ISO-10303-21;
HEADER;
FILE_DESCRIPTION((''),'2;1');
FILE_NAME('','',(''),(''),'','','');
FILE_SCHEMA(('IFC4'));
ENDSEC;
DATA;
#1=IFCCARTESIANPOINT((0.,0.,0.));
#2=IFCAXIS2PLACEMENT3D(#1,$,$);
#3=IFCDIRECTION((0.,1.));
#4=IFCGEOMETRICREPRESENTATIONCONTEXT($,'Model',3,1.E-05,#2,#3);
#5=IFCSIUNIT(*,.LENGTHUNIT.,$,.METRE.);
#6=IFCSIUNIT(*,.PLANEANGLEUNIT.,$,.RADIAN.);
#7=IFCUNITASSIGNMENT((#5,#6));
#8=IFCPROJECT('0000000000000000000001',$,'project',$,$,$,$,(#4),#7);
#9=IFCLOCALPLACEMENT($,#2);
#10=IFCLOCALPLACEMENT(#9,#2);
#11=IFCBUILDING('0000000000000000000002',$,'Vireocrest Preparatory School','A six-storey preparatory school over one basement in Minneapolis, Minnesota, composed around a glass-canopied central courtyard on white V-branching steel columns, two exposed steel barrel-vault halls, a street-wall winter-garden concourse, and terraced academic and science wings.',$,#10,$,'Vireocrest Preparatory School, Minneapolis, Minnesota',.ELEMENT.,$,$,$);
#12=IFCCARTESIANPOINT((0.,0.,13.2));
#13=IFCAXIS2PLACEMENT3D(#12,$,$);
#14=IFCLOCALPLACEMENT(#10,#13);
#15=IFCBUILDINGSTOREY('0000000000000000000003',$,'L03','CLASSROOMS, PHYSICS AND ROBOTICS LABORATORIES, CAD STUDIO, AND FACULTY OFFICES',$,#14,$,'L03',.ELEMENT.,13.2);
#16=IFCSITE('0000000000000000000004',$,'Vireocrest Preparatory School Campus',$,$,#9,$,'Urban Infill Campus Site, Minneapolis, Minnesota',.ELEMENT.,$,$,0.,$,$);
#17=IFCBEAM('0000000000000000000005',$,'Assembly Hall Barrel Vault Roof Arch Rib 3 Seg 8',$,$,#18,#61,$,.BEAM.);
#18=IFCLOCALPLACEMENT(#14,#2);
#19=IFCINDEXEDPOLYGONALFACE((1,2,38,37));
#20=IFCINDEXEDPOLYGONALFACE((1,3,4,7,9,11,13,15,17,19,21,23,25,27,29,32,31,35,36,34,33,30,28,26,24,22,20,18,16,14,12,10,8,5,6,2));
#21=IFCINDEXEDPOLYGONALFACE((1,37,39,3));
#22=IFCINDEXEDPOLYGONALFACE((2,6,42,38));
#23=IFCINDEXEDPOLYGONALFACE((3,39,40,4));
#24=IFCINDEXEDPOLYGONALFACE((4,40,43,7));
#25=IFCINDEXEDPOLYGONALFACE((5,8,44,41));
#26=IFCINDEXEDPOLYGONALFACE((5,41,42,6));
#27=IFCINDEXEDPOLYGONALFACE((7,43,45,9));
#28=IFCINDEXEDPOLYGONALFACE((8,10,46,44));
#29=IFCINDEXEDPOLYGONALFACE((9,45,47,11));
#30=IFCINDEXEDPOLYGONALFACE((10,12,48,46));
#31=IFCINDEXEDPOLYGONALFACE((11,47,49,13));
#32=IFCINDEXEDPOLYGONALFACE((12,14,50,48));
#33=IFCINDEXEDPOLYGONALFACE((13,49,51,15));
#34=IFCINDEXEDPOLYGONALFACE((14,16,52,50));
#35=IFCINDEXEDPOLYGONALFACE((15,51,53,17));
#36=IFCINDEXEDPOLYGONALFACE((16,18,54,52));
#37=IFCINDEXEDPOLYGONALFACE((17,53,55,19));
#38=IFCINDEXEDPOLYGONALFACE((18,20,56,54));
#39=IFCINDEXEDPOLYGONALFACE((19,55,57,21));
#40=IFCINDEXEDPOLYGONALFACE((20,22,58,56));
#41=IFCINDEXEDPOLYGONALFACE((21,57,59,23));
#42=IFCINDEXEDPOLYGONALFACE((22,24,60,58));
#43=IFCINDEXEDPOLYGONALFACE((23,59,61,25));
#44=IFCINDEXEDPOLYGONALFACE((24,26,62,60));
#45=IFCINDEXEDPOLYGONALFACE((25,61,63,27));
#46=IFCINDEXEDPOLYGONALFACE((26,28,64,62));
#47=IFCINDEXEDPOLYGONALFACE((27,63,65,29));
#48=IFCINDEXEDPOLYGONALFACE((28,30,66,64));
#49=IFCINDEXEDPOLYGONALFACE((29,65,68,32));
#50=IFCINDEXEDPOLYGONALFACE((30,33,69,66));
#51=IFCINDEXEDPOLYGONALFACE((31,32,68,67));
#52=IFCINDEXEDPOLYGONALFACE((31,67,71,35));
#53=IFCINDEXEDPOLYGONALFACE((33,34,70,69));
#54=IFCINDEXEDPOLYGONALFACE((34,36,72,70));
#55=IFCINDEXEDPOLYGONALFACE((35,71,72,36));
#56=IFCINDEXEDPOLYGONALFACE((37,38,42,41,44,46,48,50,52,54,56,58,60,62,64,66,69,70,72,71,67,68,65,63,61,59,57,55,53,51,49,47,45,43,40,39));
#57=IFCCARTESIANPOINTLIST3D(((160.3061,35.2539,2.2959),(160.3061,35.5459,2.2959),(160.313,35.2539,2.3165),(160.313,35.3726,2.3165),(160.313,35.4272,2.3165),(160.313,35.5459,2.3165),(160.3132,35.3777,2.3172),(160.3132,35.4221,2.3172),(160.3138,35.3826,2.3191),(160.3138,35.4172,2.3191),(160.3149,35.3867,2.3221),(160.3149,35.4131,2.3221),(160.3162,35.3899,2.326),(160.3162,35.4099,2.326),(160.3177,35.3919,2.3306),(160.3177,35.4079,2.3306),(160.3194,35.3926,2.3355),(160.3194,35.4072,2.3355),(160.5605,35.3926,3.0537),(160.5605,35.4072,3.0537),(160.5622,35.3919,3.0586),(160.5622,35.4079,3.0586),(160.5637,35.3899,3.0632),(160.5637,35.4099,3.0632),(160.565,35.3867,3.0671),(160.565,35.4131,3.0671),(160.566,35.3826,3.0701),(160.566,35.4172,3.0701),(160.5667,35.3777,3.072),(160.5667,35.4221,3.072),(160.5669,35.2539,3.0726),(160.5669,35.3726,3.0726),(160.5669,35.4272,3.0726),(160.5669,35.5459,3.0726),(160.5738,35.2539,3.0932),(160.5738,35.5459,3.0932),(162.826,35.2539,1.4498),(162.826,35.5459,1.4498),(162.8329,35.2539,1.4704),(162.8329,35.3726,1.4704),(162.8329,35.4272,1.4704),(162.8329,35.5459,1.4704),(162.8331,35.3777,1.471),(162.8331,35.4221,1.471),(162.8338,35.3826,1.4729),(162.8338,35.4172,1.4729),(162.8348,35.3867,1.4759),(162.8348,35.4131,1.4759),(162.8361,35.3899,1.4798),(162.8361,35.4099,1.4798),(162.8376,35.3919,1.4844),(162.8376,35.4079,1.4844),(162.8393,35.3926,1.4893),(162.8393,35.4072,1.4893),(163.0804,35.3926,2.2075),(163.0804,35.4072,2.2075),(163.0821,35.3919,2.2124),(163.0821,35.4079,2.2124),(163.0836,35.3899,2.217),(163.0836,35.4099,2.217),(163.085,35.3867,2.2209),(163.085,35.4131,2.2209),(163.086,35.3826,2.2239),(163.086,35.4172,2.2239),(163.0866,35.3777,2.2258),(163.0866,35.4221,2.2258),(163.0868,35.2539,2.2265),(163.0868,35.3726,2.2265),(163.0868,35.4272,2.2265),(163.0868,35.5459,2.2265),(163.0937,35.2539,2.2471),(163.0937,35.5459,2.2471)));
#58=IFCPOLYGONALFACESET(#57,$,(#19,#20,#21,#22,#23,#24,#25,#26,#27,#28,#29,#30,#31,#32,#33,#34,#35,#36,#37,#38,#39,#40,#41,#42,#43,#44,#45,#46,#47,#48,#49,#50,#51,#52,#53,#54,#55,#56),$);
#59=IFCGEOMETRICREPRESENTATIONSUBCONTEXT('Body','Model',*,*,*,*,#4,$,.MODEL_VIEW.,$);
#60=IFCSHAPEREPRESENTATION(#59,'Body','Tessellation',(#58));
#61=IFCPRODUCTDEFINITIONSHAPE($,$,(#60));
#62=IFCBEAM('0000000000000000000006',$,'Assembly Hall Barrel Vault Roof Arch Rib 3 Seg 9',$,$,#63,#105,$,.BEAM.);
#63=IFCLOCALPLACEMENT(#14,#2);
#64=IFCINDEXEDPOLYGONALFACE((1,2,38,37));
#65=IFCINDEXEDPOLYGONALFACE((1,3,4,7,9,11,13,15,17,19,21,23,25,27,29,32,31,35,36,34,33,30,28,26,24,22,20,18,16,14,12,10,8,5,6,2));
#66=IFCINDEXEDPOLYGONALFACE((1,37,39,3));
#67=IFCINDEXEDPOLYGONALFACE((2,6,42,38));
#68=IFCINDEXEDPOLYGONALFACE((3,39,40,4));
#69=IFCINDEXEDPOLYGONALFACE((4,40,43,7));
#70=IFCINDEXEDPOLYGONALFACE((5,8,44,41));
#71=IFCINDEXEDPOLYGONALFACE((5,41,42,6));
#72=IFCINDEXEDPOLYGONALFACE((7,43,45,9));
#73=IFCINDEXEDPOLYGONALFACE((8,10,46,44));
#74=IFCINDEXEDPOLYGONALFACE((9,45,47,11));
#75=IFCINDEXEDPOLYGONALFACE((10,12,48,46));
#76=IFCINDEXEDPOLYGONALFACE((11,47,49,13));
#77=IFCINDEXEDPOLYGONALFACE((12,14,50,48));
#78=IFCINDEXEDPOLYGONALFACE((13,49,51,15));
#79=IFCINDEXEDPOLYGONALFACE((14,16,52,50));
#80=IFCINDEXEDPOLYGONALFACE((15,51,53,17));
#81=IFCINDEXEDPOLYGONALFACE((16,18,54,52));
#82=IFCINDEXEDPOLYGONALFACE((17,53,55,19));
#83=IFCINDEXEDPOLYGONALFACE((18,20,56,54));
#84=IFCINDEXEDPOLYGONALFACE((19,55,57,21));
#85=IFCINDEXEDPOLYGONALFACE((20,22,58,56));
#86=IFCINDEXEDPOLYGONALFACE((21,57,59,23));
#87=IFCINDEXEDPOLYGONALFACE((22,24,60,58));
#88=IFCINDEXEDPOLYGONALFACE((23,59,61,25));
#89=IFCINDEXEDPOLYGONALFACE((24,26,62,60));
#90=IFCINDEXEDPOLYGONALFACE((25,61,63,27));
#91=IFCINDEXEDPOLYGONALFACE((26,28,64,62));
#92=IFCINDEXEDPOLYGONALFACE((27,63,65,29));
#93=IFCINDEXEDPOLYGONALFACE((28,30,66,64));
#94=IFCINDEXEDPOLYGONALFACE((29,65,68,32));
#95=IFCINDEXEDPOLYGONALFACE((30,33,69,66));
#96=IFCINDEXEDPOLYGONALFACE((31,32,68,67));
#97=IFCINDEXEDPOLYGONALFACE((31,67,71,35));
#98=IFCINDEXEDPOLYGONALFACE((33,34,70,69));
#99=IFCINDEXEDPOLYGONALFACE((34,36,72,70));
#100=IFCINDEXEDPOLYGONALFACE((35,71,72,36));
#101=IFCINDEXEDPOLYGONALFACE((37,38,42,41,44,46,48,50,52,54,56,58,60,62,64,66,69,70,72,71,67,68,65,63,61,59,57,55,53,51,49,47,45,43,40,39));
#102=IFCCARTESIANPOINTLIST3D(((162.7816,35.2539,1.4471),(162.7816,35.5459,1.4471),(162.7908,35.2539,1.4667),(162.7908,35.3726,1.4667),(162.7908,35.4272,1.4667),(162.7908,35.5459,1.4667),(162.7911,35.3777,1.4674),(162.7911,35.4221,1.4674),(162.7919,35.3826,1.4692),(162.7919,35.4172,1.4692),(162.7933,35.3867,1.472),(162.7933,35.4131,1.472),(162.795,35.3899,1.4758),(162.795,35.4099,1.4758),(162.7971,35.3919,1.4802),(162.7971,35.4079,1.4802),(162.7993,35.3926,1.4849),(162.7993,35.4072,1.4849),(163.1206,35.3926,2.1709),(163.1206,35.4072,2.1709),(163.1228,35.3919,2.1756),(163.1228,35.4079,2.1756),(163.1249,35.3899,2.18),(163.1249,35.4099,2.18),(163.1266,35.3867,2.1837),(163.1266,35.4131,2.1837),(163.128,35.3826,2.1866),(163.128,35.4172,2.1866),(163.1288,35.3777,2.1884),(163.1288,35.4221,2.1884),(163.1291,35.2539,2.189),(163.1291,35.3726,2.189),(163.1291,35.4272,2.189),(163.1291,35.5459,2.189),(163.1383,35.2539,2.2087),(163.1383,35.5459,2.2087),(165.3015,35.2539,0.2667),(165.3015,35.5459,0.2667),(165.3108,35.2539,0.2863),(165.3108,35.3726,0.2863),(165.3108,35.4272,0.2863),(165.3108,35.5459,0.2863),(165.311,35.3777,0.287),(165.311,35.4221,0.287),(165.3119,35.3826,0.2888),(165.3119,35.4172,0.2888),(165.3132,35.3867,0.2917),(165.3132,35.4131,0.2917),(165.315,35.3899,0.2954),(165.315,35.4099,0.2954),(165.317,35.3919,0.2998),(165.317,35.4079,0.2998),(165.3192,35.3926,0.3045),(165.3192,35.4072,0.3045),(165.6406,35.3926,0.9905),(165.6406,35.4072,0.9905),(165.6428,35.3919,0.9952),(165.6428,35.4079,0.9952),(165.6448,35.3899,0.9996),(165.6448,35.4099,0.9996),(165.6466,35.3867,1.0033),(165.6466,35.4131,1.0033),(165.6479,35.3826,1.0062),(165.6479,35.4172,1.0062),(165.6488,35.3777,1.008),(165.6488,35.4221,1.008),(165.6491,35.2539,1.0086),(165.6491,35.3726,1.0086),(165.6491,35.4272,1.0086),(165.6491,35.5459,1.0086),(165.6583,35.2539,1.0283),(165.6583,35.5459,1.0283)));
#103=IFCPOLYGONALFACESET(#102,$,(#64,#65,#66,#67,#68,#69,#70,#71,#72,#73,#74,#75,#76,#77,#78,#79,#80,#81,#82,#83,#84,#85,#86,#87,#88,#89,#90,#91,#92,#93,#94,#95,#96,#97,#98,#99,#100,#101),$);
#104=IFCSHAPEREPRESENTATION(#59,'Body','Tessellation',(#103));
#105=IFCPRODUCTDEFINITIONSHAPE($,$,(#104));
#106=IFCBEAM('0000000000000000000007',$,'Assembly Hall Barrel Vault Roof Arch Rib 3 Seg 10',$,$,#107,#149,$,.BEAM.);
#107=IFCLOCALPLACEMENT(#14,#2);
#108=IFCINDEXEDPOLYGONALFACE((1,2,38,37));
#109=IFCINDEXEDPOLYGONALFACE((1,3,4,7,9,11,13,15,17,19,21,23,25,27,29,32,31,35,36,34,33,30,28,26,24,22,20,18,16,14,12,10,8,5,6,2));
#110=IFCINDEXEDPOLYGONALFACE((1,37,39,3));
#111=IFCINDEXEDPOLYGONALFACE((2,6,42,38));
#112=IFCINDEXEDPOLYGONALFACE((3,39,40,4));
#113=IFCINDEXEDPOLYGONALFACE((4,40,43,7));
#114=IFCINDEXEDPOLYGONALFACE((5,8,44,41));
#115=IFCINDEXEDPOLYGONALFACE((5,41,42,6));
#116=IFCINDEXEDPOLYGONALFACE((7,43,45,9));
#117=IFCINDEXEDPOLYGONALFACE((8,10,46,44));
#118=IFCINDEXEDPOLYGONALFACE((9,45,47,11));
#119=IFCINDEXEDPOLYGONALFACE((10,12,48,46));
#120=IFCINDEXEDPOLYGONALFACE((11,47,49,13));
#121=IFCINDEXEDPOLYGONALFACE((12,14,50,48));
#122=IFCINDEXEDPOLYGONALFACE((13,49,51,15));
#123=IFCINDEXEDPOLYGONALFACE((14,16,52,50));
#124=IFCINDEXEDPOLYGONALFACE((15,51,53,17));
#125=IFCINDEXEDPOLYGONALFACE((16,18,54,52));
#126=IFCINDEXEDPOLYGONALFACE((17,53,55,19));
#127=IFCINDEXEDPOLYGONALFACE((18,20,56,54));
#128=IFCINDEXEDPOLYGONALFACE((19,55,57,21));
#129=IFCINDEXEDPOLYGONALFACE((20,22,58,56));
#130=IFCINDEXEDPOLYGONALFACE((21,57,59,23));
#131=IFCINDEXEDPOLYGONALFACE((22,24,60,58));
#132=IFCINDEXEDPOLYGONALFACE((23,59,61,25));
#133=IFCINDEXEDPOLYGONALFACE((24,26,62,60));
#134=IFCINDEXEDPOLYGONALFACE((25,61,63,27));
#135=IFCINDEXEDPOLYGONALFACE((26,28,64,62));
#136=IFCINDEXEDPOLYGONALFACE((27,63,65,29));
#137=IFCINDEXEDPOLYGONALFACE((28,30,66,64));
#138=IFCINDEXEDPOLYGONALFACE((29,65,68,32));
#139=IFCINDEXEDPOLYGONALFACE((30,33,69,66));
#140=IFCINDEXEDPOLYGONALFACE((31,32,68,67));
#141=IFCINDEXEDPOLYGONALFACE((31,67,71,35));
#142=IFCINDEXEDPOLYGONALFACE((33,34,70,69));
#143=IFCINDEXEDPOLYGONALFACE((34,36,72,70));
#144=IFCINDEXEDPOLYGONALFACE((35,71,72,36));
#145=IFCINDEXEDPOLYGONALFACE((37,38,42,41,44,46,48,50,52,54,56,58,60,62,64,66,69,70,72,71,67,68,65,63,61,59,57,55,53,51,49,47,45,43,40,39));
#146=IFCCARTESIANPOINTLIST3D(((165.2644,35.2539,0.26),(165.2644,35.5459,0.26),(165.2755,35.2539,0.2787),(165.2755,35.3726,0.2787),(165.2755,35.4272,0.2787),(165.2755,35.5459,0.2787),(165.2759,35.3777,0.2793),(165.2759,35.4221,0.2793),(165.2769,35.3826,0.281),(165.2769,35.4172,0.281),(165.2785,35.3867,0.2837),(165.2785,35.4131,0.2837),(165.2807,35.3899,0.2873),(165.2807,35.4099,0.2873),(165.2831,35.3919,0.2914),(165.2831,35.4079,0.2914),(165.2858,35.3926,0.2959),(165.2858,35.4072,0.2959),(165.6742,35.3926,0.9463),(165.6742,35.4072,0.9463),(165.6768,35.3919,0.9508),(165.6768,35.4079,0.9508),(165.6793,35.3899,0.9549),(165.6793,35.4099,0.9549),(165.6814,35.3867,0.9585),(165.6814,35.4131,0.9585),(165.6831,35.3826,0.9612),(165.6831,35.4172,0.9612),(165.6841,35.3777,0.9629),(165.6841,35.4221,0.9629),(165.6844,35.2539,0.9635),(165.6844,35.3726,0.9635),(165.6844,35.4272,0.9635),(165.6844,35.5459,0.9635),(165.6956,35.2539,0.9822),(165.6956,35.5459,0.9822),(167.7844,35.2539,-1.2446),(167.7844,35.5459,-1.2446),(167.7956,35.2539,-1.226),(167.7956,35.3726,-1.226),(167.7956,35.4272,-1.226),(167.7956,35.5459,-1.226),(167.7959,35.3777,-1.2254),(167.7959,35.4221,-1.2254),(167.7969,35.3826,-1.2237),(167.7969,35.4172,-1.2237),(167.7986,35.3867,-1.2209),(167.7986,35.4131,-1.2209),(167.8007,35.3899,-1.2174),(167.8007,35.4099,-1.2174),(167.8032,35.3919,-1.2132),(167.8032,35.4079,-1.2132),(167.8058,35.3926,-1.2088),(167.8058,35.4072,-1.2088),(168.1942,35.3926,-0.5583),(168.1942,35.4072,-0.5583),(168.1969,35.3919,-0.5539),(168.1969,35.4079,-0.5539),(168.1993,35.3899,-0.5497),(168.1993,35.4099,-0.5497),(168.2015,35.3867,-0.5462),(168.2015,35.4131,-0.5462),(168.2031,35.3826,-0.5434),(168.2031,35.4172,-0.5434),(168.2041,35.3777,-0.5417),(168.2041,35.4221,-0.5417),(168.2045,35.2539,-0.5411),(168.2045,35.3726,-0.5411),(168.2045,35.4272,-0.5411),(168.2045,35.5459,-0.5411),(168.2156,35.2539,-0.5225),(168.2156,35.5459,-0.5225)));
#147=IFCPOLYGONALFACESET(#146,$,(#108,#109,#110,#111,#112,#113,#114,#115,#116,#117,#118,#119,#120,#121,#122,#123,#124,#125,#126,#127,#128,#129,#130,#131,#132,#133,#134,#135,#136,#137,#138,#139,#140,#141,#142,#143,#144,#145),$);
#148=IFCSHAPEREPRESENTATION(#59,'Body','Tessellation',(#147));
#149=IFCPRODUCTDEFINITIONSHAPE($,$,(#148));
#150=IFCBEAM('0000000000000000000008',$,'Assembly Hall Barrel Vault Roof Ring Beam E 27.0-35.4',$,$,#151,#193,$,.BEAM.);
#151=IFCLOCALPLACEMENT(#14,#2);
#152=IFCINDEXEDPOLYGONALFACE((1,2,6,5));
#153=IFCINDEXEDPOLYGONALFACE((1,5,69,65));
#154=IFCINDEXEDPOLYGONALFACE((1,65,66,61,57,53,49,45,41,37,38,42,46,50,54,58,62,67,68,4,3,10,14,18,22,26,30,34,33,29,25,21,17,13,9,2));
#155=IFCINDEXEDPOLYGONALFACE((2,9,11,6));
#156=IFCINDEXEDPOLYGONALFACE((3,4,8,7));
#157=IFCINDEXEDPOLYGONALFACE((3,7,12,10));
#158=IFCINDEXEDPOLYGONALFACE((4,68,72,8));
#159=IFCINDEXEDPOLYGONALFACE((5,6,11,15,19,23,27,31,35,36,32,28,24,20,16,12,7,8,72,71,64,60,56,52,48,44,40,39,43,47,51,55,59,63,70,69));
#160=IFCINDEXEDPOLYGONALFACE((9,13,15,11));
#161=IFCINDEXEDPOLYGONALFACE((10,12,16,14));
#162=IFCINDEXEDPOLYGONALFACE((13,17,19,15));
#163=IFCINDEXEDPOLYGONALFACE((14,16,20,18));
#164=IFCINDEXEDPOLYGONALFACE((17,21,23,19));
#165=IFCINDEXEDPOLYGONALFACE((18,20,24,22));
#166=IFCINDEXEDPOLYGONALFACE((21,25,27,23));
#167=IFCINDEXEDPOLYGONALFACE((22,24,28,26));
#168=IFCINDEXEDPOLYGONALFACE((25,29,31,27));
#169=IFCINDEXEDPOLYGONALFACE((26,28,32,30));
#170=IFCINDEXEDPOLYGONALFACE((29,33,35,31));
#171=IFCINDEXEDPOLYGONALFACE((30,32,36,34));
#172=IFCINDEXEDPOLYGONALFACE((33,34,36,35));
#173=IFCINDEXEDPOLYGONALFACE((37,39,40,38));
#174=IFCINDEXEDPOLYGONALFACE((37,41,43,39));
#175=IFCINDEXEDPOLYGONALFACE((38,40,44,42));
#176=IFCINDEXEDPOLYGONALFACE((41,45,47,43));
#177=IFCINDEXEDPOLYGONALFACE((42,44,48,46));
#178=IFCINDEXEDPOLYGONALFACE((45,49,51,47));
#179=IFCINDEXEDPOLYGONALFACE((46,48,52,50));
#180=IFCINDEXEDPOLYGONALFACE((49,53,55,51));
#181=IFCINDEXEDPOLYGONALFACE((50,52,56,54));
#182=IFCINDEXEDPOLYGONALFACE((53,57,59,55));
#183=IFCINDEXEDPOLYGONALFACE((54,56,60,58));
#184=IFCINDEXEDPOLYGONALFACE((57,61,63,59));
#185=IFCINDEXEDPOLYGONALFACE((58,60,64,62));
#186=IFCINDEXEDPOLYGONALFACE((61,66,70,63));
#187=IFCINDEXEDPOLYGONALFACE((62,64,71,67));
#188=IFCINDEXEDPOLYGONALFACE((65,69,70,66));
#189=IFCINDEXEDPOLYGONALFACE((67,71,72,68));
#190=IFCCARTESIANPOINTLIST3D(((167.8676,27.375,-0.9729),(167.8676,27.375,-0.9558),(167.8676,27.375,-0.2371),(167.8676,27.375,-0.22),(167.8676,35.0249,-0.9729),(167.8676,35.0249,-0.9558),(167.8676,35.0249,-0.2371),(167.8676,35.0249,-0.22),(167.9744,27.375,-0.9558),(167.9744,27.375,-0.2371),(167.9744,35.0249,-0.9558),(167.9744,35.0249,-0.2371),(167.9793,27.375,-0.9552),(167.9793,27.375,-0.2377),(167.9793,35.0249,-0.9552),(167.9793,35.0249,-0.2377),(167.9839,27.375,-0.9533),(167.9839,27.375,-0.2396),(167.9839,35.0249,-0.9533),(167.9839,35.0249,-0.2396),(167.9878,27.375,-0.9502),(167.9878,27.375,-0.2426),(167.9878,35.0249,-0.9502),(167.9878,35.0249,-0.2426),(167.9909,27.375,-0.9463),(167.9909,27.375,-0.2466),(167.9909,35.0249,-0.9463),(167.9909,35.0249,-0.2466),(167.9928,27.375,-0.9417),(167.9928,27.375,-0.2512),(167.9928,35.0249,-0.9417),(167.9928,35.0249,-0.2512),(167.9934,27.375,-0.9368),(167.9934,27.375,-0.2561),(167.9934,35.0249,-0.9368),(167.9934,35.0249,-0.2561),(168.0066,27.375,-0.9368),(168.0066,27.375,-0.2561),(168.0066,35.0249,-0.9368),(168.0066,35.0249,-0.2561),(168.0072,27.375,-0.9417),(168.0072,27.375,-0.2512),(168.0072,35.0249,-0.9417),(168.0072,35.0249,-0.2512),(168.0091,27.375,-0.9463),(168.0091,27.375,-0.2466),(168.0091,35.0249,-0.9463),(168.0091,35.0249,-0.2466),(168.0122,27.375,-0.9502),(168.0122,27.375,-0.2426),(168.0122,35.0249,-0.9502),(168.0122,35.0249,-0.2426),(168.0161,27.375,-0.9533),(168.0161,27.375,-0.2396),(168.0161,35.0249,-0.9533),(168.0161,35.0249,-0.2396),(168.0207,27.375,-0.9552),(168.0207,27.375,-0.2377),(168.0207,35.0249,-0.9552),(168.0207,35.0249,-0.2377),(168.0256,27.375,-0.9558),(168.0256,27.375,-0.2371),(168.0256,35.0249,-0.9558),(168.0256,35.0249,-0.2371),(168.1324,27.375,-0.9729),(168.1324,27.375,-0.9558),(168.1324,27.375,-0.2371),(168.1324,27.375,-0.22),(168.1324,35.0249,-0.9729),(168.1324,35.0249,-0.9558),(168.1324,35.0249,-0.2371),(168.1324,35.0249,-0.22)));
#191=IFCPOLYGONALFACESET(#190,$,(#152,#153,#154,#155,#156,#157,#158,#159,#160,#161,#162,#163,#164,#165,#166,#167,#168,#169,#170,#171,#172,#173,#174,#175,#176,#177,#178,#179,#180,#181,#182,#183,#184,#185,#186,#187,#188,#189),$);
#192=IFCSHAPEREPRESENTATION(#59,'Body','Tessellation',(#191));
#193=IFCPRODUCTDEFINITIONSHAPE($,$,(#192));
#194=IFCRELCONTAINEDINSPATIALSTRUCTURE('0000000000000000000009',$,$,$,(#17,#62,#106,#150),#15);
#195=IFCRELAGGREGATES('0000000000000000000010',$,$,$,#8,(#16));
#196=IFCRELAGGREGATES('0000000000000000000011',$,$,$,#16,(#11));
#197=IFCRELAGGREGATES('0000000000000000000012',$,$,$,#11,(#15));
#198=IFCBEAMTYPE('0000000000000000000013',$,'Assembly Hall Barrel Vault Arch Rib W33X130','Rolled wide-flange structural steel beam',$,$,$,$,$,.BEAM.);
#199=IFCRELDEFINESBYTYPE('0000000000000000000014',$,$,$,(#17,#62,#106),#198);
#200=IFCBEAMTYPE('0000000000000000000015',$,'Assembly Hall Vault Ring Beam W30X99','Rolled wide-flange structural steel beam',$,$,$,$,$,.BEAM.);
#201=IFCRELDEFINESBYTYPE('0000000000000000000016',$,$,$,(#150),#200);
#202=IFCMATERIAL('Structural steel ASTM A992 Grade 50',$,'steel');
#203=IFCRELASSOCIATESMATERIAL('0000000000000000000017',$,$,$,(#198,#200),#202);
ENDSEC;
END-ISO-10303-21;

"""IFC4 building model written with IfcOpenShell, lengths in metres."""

from ifc_helpers import new_model, si_unit, direction, frame, origin, origin_2d, place, context, subcontext, project, spatial, i_section, extrude, material, material_profile, profile_set, type_object, element, save


model = new_model("IFC4")

# Units and contexts
model_context = context("Model", 3, precision=1e-05, world=origin(), true_north=direction((0.0, 1.0)))
body_context = subcontext(model_context, "Body", "Model", "MODEL_VIEW")
ifc_project = project(units=[si_unit("LENGTHUNIT", "METRE"), si_unit("PLANEANGLEUNIT", "RADIAN")], contexts=[model_context])

# Site, building, storey
site_placement = place(None, origin())
site = spatial("IfcSite", under=ifc_project, at=site_placement, Name="Vireocrest Preparatory School Campus", LongName="Urban Infill Campus Site, Minneapolis, Minnesota", CompositionType="ELEMENT", RefElevation=0.0)
building_placement = place(site_placement, origin())
building = spatial("IfcBuilding", under=site, at=building_placement, Name="Vireocrest Preparatory School", Description="A six-storey preparatory school over one basement in Minneapolis, Minnesota, composed around a glass-canopied central courtyard on white V-branching steel columns, two exposed steel barrel-vault halls, a street-wall winter-garden concourse, and terraced academic and science wings.", LongName="Vireocrest Preparatory School, Minneapolis, Minnesota", CompositionType="ELEMENT")
storey_placement = place(building_placement, frame((0.0, 0.0, 13.2)))
storey = spatial("IfcBuildingStorey", under=building, at=storey_placement, Name="L03", Description="CLASSROOMS, PHYSICS AND ROBOTICS LABORATORIES, CAD STUDIO, AND FACULTY OFFICES", LongName="L03", CompositionType="ELEMENT", Elevation=13.2)

# Beams
ifc_material_1 = material(Name="Structural steel ASTM A992 Grade 50", Category="steel")
ifc_material_profile_1 = material_profile(ifc_material_1, i_section(OverallWidth=0.292, OverallDepth=0.8411, WebThickness=0.0146, FlangeThickness=0.0217, FilletRadius=0.02, at=origin_2d()), Name="W33X130")
ifc_profile_set_1 = profile_set([ifc_material_profile_1], Name="Structural steel ASTM A992 Grade 50")
beam_type_1 = type_object("IfcBeamType", Name="Assembly Hall Barrel Vault Arch Rib W33X130", Description="Rolled wide-flange structural steel beam", PredefinedType="BEAM", material=ifc_profile_set_1)
beam_1_placement = place(storey_placement, frame((160.4399, 35.3999, 2.6946), z_axis=(0.947983, 0.0, -0.318321), x_axis=(0.0, 1.0, 0.0)))
element("IfcBeam", 1, at=beam_1_placement, inside=storey, type_object=beam_type_1, Name="Assembly Hall Barrel Vault Roof Arch Rib 3 Seg 8", PredefinedType="BEAM", context=body_context, shape_type="SweptSolid", body=[
    extrude(i_section(OverallWidth=0.292, OverallDepth=0.8411, WebThickness=0.0146, FlangeThickness=0.0217, FilletRadius=0.02, at=origin_2d()), origin(), (0.0, 0.0, 1.0), 2.6582),
])
beam_2_placement = place(storey_placement, frame((162.96, 35.3999, 1.8279), z_axis=(0.905575, 0.0, -0.424187), x_axis=(0.0, 1.0, 0.0)))
element("IfcBeam", 2, at=beam_2_placement, inside=storey, type_object=beam_type_1, Name="Assembly Hall Barrel Vault Roof Arch Rib 3 Seg 9", PredefinedType="BEAM", context=body_context, shape_type="SweptSolid", body=[
    extrude(i_section(OverallWidth=0.292, OverallDepth=0.8411, WebThickness=0.0146, FlangeThickness=0.0217, FilletRadius=0.02, at=origin_2d()), origin(), (0.0, 0.0, 1.0), 2.7827),
])
beam_3_placement = place(storey_placement, frame((165.48, 35.3999, 0.6211), z_axis=(0.858599, 0.0, -0.512647), x_axis=(0.0, 1.0, 0.0)))
element("IfcBeam", 3, at=beam_3_placement, inside=storey, type_object=beam_type_1, Name="Assembly Hall Barrel Vault Roof Arch Rib 3 Seg 10", PredefinedType="BEAM", context=body_context, shape_type="SweptSolid", body=[
    extrude(i_section(OverallWidth=0.292, OverallDepth=0.8411, WebThickness=0.0146, FlangeThickness=0.0217, FilletRadius=0.02, at=origin_2d()), origin(), (0.0, 0.0, 1.0), 2.9351),
])
ifc_material_profile_2 = material_profile(ifc_material_1, i_section(OverallWidth=0.2649, OverallDepth=0.7529, WebThickness=0.0132, FlangeThickness=0.0171, FilletRadius=0.019, at=origin_2d()), Name="W30X99")
ifc_profile_set_2 = profile_set([ifc_material_profile_2], Name="Structural steel ASTM A992 Grade 50")
beam_type_2 = type_object("IfcBeamType", Name="Assembly Hall Vault Ring Beam W30X99", Description="Rolled wide-flange structural steel beam", PredefinedType="BEAM", material=ifc_profile_set_2)
beam_4_placement = place(storey_placement, frame((168.0, 27.375, -0.5964), z_axis=(0.0, 1.0, 0.0), x_axis=(-1.0, 0.0, 0.0)))
element("IfcBeam", 4, at=beam_4_placement, inside=storey, type_object=beam_type_2, Name="Assembly Hall Barrel Vault Roof Ring Beam E 27.0-35.4", PredefinedType="BEAM", context=body_context, shape_type="SweptSolid", body=[
    extrude(i_section(OverallWidth=0.2649, OverallDepth=0.7529, WebThickness=0.0132, FlangeThickness=0.0171, FilletRadius=0.019, at=origin_2d()), origin(), (0.0, 0.0, 1.0), 7.6499),
])

save(model, "model.ifc")
